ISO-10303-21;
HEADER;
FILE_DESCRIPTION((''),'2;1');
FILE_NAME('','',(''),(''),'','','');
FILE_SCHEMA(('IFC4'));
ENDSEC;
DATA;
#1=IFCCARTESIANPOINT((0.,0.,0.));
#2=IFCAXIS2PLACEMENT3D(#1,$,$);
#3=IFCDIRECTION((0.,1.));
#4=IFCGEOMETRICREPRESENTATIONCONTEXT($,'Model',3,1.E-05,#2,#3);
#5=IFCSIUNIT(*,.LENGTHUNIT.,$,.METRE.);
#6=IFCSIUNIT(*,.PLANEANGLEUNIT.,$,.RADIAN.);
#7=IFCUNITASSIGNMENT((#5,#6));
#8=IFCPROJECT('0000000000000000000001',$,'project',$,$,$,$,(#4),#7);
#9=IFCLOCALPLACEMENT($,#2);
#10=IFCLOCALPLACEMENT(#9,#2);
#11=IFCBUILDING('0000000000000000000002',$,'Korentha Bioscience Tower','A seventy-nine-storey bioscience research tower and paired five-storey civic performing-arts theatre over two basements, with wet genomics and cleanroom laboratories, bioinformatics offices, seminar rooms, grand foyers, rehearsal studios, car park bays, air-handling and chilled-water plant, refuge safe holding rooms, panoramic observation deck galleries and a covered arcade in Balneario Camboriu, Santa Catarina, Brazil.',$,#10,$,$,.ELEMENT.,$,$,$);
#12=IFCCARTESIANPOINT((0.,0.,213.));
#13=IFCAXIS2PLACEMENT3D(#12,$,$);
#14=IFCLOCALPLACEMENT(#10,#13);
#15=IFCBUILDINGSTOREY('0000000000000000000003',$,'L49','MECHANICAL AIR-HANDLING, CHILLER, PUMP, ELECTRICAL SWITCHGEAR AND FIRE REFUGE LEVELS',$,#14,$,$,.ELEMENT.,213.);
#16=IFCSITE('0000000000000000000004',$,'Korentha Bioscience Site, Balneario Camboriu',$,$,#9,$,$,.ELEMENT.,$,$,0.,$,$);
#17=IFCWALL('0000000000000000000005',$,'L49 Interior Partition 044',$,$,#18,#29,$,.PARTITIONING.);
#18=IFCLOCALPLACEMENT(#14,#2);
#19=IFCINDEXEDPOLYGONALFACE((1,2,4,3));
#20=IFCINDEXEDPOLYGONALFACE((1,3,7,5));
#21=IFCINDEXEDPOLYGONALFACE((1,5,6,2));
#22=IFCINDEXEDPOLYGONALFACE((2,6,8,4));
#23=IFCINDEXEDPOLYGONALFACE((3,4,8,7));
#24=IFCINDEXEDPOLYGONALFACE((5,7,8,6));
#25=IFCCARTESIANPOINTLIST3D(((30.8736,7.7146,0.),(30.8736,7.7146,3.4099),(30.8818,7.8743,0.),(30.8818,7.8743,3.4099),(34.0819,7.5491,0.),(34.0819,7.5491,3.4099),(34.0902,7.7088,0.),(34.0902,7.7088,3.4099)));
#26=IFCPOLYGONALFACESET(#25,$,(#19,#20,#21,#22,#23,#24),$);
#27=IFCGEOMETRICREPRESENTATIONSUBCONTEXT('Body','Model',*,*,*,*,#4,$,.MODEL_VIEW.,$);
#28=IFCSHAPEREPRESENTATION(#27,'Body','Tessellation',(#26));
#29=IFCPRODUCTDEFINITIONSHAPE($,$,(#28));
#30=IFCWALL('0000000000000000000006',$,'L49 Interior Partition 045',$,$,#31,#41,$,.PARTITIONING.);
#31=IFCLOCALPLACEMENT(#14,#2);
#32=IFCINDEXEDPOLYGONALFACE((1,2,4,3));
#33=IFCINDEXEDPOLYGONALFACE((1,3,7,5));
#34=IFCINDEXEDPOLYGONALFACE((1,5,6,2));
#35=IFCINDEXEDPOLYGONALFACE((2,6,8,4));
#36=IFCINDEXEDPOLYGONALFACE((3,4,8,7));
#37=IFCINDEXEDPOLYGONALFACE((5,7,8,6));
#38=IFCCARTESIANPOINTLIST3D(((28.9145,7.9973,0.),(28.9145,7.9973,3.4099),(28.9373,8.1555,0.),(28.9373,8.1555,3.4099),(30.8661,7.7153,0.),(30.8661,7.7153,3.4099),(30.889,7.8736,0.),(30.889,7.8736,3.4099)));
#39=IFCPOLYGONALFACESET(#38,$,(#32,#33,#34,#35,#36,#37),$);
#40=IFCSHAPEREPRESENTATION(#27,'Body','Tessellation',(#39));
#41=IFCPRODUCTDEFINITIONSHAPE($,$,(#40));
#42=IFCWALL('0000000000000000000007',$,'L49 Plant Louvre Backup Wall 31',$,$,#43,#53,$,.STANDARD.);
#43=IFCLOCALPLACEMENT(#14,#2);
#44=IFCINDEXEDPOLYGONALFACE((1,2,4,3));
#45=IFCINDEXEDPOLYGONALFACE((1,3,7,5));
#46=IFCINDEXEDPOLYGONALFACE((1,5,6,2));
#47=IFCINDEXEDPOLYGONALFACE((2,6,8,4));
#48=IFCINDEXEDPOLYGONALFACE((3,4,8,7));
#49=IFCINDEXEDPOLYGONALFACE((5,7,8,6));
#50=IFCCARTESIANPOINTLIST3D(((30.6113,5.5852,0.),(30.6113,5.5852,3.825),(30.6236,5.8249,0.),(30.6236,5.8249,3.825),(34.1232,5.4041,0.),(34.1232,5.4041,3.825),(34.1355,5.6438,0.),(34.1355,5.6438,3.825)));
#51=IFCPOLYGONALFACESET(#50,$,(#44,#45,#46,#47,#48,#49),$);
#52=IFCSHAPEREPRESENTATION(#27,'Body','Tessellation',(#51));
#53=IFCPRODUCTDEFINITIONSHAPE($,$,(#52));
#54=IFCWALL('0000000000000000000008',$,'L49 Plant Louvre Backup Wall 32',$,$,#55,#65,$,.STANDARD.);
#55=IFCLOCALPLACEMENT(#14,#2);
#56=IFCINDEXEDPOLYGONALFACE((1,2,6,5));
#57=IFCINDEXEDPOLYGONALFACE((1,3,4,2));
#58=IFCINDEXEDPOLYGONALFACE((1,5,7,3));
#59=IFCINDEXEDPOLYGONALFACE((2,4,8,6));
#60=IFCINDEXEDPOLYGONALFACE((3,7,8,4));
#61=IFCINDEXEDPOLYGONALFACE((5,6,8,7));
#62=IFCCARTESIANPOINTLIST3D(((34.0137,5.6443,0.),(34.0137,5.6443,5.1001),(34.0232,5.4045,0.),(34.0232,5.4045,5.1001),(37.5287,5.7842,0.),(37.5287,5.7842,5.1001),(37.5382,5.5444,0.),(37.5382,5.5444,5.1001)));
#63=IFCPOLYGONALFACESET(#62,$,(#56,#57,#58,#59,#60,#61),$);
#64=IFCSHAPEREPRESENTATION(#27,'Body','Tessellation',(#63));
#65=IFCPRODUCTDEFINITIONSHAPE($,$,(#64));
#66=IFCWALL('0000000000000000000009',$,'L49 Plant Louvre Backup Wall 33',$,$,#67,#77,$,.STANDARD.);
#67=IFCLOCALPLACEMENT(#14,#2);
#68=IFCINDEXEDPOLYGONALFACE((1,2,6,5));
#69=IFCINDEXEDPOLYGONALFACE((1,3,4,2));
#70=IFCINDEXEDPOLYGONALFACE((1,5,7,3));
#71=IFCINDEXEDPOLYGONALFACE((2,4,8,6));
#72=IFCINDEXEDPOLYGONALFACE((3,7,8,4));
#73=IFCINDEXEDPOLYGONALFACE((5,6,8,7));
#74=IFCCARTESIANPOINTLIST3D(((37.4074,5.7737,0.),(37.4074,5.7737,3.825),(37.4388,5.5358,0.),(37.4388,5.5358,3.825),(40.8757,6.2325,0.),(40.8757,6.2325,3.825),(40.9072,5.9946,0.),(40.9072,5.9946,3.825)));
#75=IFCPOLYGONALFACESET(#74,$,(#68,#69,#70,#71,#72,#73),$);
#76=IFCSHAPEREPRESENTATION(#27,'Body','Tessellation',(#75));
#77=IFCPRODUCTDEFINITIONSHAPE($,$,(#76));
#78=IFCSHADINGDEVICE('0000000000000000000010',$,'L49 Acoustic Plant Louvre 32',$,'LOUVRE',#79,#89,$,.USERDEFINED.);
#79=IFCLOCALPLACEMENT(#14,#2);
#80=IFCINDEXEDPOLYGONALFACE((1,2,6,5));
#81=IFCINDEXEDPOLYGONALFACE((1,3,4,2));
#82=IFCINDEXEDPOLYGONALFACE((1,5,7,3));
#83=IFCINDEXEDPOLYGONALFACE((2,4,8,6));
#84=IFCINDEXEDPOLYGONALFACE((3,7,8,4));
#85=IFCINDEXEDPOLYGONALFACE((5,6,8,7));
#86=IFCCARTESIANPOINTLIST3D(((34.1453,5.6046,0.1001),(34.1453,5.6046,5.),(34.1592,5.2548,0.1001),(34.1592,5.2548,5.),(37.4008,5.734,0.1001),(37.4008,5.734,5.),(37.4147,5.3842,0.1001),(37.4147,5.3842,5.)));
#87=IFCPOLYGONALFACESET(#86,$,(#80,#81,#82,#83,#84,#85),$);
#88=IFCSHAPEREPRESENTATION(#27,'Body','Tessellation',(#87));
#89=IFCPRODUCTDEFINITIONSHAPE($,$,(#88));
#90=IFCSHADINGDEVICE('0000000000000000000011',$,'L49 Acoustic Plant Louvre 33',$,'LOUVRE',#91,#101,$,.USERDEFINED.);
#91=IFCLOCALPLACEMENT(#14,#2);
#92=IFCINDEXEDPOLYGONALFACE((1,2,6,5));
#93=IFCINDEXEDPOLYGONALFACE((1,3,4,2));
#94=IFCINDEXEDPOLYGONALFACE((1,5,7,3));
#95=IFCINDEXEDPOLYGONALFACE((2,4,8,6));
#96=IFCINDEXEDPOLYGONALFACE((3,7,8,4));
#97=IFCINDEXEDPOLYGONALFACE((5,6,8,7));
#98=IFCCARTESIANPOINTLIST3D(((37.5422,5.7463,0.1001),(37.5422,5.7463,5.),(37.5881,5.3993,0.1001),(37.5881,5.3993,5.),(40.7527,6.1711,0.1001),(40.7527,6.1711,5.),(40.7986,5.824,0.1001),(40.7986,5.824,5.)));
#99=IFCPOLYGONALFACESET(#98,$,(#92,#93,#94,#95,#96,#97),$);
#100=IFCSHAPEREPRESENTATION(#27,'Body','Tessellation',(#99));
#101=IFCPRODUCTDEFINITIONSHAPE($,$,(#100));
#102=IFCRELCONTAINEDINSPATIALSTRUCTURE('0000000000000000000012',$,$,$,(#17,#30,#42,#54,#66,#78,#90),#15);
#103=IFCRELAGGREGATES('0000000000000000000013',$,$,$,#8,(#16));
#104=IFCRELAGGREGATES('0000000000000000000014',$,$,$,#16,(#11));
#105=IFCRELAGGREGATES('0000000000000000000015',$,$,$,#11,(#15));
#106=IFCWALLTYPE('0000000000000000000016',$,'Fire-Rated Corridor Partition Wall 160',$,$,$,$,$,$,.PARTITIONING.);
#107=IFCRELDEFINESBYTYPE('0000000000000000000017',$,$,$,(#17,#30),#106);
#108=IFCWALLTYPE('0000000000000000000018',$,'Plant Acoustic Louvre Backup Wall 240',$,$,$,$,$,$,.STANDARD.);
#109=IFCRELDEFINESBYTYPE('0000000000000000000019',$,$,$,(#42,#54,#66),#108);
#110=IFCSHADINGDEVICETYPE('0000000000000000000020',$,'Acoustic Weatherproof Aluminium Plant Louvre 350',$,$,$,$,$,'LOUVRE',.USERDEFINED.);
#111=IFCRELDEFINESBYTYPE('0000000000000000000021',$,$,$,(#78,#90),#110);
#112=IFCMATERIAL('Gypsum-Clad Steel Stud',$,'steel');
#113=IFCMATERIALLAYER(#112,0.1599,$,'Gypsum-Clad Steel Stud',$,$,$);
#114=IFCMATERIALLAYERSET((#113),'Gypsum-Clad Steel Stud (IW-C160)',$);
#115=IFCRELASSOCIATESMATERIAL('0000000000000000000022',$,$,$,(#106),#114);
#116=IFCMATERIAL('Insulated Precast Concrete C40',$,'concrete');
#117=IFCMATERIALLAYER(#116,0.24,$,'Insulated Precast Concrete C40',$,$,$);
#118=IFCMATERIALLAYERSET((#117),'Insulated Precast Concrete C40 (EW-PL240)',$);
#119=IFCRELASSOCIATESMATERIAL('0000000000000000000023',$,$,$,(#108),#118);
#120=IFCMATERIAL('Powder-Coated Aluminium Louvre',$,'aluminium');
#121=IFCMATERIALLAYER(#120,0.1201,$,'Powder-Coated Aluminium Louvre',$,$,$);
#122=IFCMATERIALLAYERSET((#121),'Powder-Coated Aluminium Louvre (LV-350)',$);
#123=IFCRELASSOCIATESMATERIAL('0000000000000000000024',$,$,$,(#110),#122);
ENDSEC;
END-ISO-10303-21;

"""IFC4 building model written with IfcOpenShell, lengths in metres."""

from ifc_helpers import new_model, si_unit, direction, frame, frame_2d, origin, origin_2d, place, context, subcontext, project, spatial, rectangle, extrude, material, layer, layer_set, type_object, element, save


model = new_model("IFC4")

# Units and contexts
model_context = context("Model", 3, precision=1e-05, world=origin(), true_north=direction((0.0, 1.0)))
body_context = subcontext(model_context, "Body", "Model", "MODEL_VIEW")
ifc_project = project(units=[si_unit("LENGTHUNIT", "METRE"), si_unit("PLANEANGLEUNIT", "RADIAN")], contexts=[model_context])

# Site, building, storey
site_placement = place(None, origin())
site = spatial("IfcSite", under=ifc_project, at=site_placement, Name="Korentha Bioscience Site, Balneario Camboriu", CompositionType="ELEMENT", RefElevation=0.0)
building_placement = place(site_placement, origin())
building = spatial("IfcBuilding", under=site, at=building_placement, Name="Korentha Bioscience Tower", Description="A seventy-nine-storey bioscience research tower and paired five-storey civic performing-arts theatre over two basements, with wet genomics and cleanroom laboratories, bioinformatics offices, seminar rooms, grand foyers, rehearsal studios, car park bays, air-handling and chilled-water plant, refuge safe holding rooms, panoramic observation deck galleries and a covered arcade in Balneario Camboriu, Santa Catarina, Brazil.", CompositionType="ELEMENT")
storey_placement = place(building_placement, frame((0.0, 0.0, 213.0)))
storey = spatial("IfcBuildingStorey", under=building, at=storey_placement, Name="L49", Description="MECHANICAL AIR-HANDLING, CHILLER, PUMP, ELECTRICAL SWITCHGEAR AND FIRE REFUGE LEVELS", CompositionType="ELEMENT", Elevation=213.0)

# Walls
ifc_material_1 = material(Name="Gypsum-Clad Steel Stud", Category="steel")
ifc_layer_1 = layer(ifc_material_1, 0.1599, Name="Gypsum-Clad Steel Stud")
ifc_layer_set_1 = layer_set([ifc_layer_1], Name="Gypsum-Clad Steel Stud (IW-C160)")
wall_type_1 = type_object("IfcWallType", Name="Fire-Rated Corridor Partition Wall 160", PredefinedType="PARTITIONING", material=ifc_layer_set_1)
wall_1_placement = place(storey_placement, frame((34.0862, 7.6289, 0.0), z_axis=(0.0, 0.0, 1.0), x_axis=(-0.998672, 0.051522, 0.0)))
element("IfcWall", 1, at=wall_1_placement, inside=storey, type_object=wall_type_1, Name="L49 Interior Partition 044", PredefinedType="PARTITIONING", context=body_context, shape_type="SweptSolid", body=[
    extrude(rectangle(XDim=3.2126, YDim=0.1599, at=frame_2d((1.6064, 0.0))), origin(), (0.0, 0.0, 1.0), 3.4099),
])
wall_2_placement = place(storey_placement, frame((30.8774, 7.7944, 0.0), z_axis=(0.0, 0.0, 1.0), x_axis=(-0.989723, 0.142998, 0.0)))
element("IfcWall", 2, at=wall_2_placement, inside=storey, type_object=wall_type_1, Name="L49 Interior Partition 045", PredefinedType="PARTITIONING", context=body_context, shape_type="SweptSolid", body=[
    extrude(rectangle(XDim=1.9719, YDim=0.1599, at=frame_2d((0.9858, 0.0))), origin(), (0.0, 0.0, 1.0), 3.4099),
])
ifc_material_2 = material(Name="Insulated Precast Concrete C40", Category="concrete")
ifc_layer_2 = layer(ifc_material_2, 0.24, Name="Insulated Precast Concrete C40")
ifc_layer_set_2 = layer_set([ifc_layer_2], Name="Insulated Precast Concrete C40 (EW-PL240)")
wall_type_2 = type_object("IfcWallType", Name="Plant Acoustic Louvre Backup Wall 240", PredefinedType="STANDARD", material=ifc_layer_set_2)
wall_3_placement = place(storey_placement, frame((30.6174, 5.7051, 0.0), z_axis=(0.0, 0.0, 1.0), x_axis=(0.998672, -0.051513, 0.0)))
element("IfcWall", 3, at=wall_3_placement, inside=storey, type_object=wall_type_2, Name="L49 Plant Louvre Backup Wall 31", PredefinedType="STANDARD", context=body_context, shape_type="SweptSolid", body=[
    extrude(rectangle(XDim=3.5166, YDim=0.24, at=frame_2d((1.7583, 0.0))), origin(), (0.0, 0.0, 1.0), 3.825),
])
wall_4_placement = place(storey_placement, frame((34.0186, 5.5244, 0.0), z_axis=(0.0, 0.0, 1.0), x_axis=(0.999209, 0.039766, 0.0)))
element("IfcWall", 4, at=wall_4_placement, inside=storey, type_object=wall_type_2, Name="L49 Plant Louvre Backup Wall 32", PredefinedType="STANDARD", context=body_context, shape_type="SweptSolid", body=[
    extrude(rectangle(XDim=3.5178, YDim=0.24, at=frame_2d((1.7588, 0.0))), origin(), (0.0, 0.0, 1.0), 5.1001),
])
wall_5_placement = place(storey_placement, frame((37.4231, 5.6548, 0.0), z_axis=(0.0, 0.0, 1.0), x_axis=(0.991366, 0.131126, 0.0)))
element("IfcWall", 5, at=wall_5_placement, inside=storey, type_object=wall_type_2, Name="L49 Plant Louvre Backup Wall 33", PredefinedType="STANDARD", context=body_context, shape_type="SweptSolid", body=[
    extrude(rectangle(XDim=3.4985, YDim=0.24, at=frame_2d((1.7493, 0.0))), origin(), (0.0, 0.0, 1.0), 3.825),
])

# Shading devices
ifc_material_3 = material(Name="Powder-Coated Aluminium Louvre", Category="aluminium")
ifc_layer_3 = layer(ifc_material_3, 0.1201, Name="Powder-Coated Aluminium Louvre")
ifc_layer_set_3 = layer_set([ifc_layer_3], Name="Powder-Coated Aluminium Louvre (LV-350)")
shading_device_type = type_object("IfcShadingDeviceType", Name="Acoustic Weatherproof Aluminium Plant Louvre 350", ElementType="LOUVRE", PredefinedType="USERDEFINED", material=ifc_layer_set_3)
shading_device_1_placement = place(storey_placement, frame((35.78, 5.4944, 0.1001), z_axis=(0.0, 0.0, 1.0), x_axis=(0.99921, 0.039731, 0.0)))
element("IfcShadingDevice", 6, at=shading_device_1_placement, inside=storey, type_object=shading_device_type, Name="L49 Acoustic Plant Louvre 32", ObjectType="LOUVRE", PredefinedType="USERDEFINED", context=body_context, shape_type="SweptSolid", body=[
    extrude(rectangle(XDim=3.2581, YDim=0.3501, at=origin_2d()), origin(), (0.0, 0.0, 1.0), 4.8999),
])
shading_device_2_placement = place(storey_placement, frame((39.1704, 5.7852, 0.1001), z_axis=(0.0, 0.0, 1.0), x_axis=(0.991363, 0.131148, 0.0)))
element("IfcShadingDevice", 7, at=shading_device_2_placement, inside=storey, type_object=shading_device_type, Name="L49 Acoustic Plant Louvre 33", ObjectType="LOUVRE", PredefinedType="USERDEFINED", context=body_context, shape_type="SweptSolid", body=[
    extrude(rectangle(XDim=3.2385, YDim=0.3501, at=origin_2d()), origin(), (0.0, 0.0, 1.0), 4.8999),
])

save(model, "model.ifc")
